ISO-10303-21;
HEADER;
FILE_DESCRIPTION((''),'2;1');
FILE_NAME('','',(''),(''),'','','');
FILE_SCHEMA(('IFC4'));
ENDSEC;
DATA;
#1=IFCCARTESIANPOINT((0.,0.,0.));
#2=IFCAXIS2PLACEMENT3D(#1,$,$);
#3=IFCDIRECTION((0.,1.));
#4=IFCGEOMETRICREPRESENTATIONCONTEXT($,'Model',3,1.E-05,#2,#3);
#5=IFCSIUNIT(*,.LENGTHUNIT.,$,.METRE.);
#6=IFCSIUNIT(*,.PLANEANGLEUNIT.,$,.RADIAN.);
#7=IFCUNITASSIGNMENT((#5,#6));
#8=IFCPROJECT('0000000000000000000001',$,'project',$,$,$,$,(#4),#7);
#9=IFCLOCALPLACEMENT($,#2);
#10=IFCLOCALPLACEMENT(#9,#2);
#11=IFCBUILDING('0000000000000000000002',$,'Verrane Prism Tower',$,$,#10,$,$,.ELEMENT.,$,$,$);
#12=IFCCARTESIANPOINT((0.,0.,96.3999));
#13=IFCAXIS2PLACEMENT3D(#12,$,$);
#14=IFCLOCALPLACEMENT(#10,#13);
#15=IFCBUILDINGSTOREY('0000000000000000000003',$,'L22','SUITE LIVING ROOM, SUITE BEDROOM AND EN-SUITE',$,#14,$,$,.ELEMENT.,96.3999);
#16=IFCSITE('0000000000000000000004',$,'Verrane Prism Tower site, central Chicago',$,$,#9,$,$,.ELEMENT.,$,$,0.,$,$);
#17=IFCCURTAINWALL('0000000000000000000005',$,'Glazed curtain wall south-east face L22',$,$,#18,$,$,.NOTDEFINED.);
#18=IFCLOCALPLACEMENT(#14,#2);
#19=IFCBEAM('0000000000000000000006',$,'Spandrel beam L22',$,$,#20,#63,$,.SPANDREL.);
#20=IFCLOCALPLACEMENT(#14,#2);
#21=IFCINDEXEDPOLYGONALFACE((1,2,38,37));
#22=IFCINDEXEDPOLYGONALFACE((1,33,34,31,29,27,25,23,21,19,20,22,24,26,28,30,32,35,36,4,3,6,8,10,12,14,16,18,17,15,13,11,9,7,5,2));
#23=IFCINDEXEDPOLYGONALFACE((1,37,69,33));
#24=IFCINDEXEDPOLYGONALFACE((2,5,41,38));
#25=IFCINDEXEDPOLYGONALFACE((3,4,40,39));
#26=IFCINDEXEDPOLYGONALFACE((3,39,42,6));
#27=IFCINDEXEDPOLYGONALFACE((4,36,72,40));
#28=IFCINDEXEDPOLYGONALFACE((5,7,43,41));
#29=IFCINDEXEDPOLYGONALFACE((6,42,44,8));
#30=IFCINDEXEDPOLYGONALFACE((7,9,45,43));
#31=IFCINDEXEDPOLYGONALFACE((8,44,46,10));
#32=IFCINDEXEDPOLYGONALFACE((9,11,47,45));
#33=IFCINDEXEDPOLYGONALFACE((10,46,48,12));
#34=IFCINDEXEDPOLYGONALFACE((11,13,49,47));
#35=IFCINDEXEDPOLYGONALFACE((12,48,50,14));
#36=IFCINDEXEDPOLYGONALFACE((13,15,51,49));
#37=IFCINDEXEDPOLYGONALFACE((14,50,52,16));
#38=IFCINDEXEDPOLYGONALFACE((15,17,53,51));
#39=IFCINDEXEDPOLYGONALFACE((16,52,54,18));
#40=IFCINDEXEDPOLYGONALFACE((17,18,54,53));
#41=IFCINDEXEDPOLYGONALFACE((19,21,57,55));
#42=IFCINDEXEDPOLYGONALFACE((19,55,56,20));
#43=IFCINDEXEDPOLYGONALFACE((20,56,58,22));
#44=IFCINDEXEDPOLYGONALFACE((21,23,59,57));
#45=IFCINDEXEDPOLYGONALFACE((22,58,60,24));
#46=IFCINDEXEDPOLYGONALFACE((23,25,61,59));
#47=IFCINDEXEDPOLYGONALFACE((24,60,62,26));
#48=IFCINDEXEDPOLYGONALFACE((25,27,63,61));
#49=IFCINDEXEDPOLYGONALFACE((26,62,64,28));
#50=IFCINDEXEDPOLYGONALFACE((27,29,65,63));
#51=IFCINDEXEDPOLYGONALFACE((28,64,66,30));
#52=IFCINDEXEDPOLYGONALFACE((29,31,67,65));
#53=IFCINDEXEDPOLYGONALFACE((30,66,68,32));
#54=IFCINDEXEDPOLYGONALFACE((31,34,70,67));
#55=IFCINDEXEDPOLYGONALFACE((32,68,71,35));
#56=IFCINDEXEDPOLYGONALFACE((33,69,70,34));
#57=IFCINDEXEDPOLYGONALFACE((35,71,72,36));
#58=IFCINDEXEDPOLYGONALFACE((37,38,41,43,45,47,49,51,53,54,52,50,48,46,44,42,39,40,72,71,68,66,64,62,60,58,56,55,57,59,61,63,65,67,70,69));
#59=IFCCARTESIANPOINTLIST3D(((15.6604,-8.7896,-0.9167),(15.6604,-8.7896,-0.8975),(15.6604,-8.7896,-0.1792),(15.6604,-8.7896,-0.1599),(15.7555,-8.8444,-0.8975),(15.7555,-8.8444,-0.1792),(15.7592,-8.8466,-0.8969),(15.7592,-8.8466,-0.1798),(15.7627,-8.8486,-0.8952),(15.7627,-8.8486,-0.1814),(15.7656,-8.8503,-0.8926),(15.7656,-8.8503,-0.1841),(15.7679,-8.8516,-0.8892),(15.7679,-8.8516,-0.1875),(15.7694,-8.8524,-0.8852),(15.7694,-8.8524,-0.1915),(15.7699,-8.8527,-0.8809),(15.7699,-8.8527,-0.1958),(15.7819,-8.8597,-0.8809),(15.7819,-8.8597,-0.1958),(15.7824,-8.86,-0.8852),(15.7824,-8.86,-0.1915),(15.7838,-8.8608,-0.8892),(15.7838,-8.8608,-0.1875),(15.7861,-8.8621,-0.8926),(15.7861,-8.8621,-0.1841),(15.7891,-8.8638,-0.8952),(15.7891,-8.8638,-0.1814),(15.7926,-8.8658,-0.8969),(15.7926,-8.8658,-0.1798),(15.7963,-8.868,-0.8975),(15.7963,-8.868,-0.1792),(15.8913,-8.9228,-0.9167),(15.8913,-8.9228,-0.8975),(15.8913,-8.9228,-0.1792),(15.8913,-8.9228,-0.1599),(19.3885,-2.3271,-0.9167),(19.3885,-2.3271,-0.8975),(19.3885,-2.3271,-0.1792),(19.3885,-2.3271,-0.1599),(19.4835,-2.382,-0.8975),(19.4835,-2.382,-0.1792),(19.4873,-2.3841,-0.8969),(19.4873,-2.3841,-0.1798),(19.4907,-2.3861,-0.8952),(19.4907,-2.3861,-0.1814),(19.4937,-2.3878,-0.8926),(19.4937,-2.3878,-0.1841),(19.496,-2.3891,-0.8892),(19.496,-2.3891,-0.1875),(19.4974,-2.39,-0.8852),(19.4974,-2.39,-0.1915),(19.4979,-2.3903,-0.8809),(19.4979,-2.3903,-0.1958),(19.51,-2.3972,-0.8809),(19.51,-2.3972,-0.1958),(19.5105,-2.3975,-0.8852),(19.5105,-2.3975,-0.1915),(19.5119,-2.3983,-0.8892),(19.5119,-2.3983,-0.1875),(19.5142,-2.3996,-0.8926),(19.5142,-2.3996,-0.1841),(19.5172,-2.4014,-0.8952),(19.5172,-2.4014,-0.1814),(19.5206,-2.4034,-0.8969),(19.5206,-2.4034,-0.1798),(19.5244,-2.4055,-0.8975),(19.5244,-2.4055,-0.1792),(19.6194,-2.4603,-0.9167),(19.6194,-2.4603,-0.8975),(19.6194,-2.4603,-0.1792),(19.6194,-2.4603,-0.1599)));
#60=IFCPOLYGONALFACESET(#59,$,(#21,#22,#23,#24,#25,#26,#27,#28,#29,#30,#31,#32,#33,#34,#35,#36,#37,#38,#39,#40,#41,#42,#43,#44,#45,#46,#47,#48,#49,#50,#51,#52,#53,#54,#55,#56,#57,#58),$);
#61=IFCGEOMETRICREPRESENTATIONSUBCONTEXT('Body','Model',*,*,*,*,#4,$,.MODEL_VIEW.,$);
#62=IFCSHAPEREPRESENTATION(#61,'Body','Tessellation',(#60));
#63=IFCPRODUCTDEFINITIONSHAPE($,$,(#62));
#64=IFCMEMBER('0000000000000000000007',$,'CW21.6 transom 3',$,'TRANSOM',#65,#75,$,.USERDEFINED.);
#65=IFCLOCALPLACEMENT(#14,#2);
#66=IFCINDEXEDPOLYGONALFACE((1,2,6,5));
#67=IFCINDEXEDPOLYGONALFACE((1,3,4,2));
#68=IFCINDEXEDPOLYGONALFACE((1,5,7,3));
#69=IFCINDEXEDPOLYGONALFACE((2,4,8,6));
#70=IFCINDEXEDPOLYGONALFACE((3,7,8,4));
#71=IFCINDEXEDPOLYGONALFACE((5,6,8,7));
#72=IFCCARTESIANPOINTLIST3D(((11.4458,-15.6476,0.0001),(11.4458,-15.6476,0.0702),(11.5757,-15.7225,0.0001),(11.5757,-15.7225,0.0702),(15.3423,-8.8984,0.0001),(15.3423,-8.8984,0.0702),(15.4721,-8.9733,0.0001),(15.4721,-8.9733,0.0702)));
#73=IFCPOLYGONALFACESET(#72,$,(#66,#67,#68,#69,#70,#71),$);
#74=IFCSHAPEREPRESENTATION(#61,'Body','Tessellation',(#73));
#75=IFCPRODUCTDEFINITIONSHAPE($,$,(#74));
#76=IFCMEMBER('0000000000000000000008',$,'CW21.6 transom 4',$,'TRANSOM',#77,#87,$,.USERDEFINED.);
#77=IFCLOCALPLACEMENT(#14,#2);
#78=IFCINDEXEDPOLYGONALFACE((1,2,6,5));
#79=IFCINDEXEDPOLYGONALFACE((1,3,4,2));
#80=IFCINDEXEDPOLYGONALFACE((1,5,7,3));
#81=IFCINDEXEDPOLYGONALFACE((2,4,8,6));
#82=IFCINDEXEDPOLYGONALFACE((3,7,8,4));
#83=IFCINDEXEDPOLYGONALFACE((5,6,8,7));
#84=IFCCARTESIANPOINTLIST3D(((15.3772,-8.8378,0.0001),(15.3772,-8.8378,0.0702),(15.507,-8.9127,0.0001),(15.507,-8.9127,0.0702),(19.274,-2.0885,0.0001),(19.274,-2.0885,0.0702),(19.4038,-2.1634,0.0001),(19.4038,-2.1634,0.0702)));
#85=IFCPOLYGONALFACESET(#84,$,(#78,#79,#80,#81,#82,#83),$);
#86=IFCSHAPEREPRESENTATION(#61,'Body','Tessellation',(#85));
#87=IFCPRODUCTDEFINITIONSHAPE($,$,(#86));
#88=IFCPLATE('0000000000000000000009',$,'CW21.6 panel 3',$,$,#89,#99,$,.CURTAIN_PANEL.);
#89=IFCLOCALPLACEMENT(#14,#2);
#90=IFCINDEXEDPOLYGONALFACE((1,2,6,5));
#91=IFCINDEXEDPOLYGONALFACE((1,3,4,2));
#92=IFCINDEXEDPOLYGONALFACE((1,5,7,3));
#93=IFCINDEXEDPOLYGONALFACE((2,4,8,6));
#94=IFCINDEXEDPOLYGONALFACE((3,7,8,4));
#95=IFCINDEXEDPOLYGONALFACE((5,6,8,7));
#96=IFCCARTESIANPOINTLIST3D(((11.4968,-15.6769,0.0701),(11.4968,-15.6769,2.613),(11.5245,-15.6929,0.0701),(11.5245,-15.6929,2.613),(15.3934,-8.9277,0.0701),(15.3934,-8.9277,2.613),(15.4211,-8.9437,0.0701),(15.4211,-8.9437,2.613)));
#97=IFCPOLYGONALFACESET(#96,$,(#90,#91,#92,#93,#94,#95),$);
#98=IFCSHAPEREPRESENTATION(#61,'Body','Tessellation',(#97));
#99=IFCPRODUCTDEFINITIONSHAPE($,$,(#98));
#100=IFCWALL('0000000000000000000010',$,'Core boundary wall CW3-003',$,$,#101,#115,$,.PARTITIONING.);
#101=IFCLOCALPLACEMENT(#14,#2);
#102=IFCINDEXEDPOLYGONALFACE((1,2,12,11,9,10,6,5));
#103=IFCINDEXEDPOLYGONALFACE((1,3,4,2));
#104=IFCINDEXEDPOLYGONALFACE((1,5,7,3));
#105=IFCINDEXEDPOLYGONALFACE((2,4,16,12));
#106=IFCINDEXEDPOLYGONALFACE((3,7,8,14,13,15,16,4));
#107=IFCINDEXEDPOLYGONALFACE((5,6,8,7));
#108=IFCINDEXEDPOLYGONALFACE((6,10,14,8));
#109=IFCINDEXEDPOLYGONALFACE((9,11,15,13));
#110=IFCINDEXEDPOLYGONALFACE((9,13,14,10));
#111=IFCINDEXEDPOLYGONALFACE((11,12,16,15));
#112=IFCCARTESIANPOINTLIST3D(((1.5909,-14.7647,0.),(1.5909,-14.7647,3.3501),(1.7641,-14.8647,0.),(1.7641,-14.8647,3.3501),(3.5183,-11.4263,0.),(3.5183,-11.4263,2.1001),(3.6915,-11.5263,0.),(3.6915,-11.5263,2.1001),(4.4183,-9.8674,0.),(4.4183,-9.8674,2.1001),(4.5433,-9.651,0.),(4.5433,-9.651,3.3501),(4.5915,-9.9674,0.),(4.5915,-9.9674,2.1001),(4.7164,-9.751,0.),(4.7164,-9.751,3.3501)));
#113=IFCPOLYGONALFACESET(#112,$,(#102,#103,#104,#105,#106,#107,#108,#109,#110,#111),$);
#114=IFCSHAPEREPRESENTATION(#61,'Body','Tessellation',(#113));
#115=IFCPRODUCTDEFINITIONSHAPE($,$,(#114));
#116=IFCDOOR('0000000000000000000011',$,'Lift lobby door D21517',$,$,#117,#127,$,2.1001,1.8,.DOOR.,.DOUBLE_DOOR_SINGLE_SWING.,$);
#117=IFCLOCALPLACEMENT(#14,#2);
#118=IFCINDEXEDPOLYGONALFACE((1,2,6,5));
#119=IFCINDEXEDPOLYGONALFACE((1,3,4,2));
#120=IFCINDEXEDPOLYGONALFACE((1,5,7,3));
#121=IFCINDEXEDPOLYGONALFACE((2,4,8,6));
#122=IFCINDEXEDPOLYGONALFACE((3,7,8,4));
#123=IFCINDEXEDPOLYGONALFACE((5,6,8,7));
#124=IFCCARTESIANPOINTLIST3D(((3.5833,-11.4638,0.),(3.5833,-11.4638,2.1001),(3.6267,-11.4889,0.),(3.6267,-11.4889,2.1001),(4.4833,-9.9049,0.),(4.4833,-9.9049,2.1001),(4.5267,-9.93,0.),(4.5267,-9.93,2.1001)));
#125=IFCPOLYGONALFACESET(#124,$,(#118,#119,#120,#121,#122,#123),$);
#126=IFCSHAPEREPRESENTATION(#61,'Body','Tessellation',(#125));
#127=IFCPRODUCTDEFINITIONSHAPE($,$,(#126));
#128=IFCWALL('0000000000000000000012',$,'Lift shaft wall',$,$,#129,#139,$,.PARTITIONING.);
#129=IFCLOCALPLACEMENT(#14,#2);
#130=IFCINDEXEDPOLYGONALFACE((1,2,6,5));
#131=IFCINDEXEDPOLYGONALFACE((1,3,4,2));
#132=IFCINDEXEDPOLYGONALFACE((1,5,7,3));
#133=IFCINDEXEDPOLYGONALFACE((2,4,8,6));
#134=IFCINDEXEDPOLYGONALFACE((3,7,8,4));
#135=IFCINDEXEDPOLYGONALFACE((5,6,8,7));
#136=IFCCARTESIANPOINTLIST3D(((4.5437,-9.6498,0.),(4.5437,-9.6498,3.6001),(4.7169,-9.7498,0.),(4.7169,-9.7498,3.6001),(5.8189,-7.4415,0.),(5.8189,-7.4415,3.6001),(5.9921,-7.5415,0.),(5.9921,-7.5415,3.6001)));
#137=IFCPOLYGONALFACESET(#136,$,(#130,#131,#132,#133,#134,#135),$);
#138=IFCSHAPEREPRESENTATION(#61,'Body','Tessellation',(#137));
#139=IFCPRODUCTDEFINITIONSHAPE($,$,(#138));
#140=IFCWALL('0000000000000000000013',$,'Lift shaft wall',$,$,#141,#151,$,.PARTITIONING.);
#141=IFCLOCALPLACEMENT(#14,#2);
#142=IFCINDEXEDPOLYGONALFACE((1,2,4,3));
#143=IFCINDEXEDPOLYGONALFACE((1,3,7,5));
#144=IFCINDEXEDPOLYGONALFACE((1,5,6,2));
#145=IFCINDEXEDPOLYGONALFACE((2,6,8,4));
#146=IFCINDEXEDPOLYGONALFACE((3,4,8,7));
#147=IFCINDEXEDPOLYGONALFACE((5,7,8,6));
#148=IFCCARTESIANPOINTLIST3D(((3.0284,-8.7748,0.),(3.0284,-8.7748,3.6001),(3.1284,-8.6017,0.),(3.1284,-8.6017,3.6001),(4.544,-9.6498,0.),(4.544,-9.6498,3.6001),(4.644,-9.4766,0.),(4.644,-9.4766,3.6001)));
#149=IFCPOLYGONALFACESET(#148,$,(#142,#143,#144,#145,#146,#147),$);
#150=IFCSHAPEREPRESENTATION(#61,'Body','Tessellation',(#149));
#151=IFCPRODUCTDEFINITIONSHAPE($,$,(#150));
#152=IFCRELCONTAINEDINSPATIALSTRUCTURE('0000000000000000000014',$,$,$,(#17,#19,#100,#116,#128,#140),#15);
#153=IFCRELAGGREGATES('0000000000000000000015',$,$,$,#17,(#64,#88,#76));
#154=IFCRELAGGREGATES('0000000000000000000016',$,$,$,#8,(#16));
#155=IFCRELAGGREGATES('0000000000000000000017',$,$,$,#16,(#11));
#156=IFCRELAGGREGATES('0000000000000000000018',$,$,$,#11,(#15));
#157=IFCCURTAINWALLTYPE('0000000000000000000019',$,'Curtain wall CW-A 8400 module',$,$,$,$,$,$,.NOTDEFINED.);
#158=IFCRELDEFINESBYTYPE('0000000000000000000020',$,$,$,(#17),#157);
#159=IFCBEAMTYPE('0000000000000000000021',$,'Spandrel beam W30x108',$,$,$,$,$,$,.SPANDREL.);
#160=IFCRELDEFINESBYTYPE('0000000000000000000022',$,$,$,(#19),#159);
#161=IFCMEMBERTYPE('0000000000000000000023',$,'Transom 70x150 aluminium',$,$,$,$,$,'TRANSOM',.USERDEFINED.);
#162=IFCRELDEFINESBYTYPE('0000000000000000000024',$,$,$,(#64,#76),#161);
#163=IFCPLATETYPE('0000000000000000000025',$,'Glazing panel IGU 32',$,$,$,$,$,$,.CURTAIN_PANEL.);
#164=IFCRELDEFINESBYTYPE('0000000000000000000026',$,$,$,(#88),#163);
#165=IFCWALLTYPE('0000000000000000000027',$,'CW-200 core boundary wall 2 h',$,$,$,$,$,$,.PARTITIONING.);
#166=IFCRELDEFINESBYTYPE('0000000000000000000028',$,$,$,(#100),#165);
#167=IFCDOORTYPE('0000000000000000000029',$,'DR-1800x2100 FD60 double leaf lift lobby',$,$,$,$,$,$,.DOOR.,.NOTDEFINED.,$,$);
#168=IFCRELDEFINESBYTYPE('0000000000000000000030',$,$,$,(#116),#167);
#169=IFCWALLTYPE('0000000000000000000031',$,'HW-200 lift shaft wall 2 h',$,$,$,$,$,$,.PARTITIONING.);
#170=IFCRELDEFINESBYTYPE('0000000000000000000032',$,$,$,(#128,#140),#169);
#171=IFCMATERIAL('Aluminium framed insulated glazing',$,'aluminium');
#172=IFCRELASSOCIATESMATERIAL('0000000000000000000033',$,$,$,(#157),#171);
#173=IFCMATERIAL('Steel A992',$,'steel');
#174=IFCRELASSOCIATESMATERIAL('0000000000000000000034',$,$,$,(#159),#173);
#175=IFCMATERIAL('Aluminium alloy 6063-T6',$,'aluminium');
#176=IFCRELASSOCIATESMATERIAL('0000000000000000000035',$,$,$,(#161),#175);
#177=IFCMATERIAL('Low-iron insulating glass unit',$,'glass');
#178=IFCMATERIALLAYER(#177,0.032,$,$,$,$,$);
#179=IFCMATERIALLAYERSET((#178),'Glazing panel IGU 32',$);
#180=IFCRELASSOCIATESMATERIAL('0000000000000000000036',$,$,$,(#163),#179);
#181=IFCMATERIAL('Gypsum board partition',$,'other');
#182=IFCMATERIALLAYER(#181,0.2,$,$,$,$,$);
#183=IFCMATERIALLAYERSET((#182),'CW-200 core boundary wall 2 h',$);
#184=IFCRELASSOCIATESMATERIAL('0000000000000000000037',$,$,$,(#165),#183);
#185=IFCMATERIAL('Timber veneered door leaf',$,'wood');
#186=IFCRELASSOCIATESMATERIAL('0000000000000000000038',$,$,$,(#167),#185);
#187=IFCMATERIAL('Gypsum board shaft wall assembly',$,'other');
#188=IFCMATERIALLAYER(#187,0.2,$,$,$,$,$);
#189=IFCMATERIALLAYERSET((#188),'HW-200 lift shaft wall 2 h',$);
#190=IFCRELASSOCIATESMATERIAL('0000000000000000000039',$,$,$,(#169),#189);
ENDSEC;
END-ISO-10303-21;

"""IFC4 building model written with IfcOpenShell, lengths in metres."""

from ifc_helpers import new_model, si_unit, direction, frame, frame_2d, origin, origin_2d, place, context, subcontext, project, spatial, rectangle, i_section, extrude, material, layer, layer_set, material_profile, profile_set, type_object, element, fill, aggregate, save


model = new_model("IFC4")

# Units and contexts
model_context = context("Model", 3, precision=1e-05, world=origin(), true_north=direction((0.0, 1.0)))
body_context = subcontext(model_context, "Body", "Model", "MODEL_VIEW")
ifc_project = project(units=[si_unit("LENGTHUNIT", "METRE"), si_unit("PLANEANGLEUNIT", "RADIAN")], contexts=[model_context])

# Site, building, storey
site_placement = place(None, origin())
site = spatial("IfcSite", under=ifc_project, at=site_placement, Name="Verrane Prism Tower site, central Chicago", CompositionType="ELEMENT", RefElevation=0.0)
building_placement = place(site_placement, origin())
building = spatial("IfcBuilding", under=site, at=building_placement, Name="Verrane Prism Tower", CompositionType="ELEMENT")
storey_placement = place(building_placement, frame((0.0, 0.0, 96.3999)))
storey = spatial("IfcBuildingStorey", under=building, at=storey_placement, Name="L22", Description="SUITE LIVING ROOM, SUITE BEDROOM AND EN-SUITE", CompositionType="ELEMENT", Elevation=96.3999)

# Curtain wall
ifc_material_1 = material(Name="Aluminium framed insulated glazing", Category="aluminium")
curtain_wall_type = type_object("IfcCurtainWallType", Name="Curtain wall CW-A 8400 module", PredefinedType="NOTDEFINED", material=ifc_material_1)
curtain_wall_placement = place(storey_placement, origin())
curtain_wall = element("IfcCurtainWall", 1, at=curtain_wall_placement, inside=storey, type_object=curtain_wall_type, Name="Glazed curtain wall south-east face L22", PredefinedType="NOTDEFINED")

# Beam
ifc_material_2 = material(Name="Steel A992", Category="steel")
ifc_material_profile_1 = material_profile(ifc_material_2, i_section(OverallWidth=0.2666, OverallDepth=0.7568, WebThickness=0.0139, FlangeThickness=0.0193, FilletRadius=0.0166, at=origin_2d()), Name="W30x108")
ifc_profile_set_1 = profile_set([ifc_material_profile_1], Name="Steel A992")
beam_type_1 = type_object("IfcBeamType", Name="Spandrel beam W30x108", PredefinedType="SPANDREL", material=ifc_profile_set_1)
beam_1_placement = place(storey_placement, frame((15.7759, -8.8562, -0.5383), z_axis=(0.499694, 0.866202, 0.0), x_axis=(-0.866202, 0.499694, 0.0)))
element("IfcBeam", 2, at=beam_1_placement, inside=storey, type_object=beam_type_1, Name="Spandrel beam L22", PredefinedType="SPANDREL", context=body_context, shape_type="SweptSolid", body=[
    extrude(i_section(OverallWidth=0.2666, OverallDepth=0.7568, WebThickness=0.0139, FlangeThickness=0.0193, FilletRadius=0.0166, at=origin_2d()), origin(), (0.0, 0.0, 1.0), 7.4607),
])

# Members
ifc_material_3 = material(Name="Aluminium alloy 6063-T6", Category="aluminium")
ifc_material_profile_2 = material_profile(ifc_material_3, rectangle(XDim=0.1499, YDim=0.0701, at=origin_2d()), Name="Transom 70x150 aluminium")
ifc_profile_set_2 = profile_set([ifc_material_profile_2], Name="Aluminium alloy 6063-T6")
member_type_1 = type_object("IfcMemberType", Name="Transom 70x150 aluminium", ElementType="TRANSOM", PredefinedType="USERDEFINED", material=ifc_profile_set_2)
member_1_placement = place(storey_placement, frame((11.5107, -15.6851, 0.0352), z_axis=(0.49998, 0.866037, 0.0), x_axis=(-0.866037, 0.49998, 0.0)))
member_1 = element("IfcMember", 3, at=member_1_placement, type_object=member_type_1, Name="CW21.6 transom 3", ObjectType="TRANSOM", PredefinedType="USERDEFINED", context=body_context, shape_type="SweptSolid", body=[
    extrude(rectangle(XDim=0.1499, YDim=0.0701, at=origin_2d()), origin(), (0.0, 0.0, 1.0), 7.7932),
])
member_2_placement = place(storey_placement, frame((15.4421, -8.8752, 0.0352), z_axis=(0.500004, 0.866023, 0.0), x_axis=(-0.866023, 0.500004, 0.0)))
member_2 = element("IfcMember", 4, at=member_2_placement, type_object=member_type_1, Name="CW21.6 transom 4", ObjectType="TRANSOM", PredefinedType="USERDEFINED", context=body_context, shape_type="SweptSolid", body=[
    extrude(rectangle(XDim=0.1499, YDim=0.0701, at=origin_2d()), origin(), (0.0, 0.0, 1.0), 7.7935),
])

# Plate
ifc_material_4 = material(Name="Low-iron insulating glass unit", Category="glass")
ifc_layer_1 = layer(ifc_material_4, 0.032)
ifc_layer_set_1 = layer_set([ifc_layer_1], Name="Glazing panel IGU 32")
plate_type = type_object("IfcPlateType", Name="Glazing panel IGU 32", PredefinedType="CURTAIN_PANEL", material=ifc_layer_set_1)
plate_placement = place(storey_placement, frame((13.459, -12.3103, 0.0701), z_axis=(0.0, 0.0, 1.0), x_axis=(0.5, 0.866026, 0.0)))
plate = element("IfcPlate", 5, at=plate_placement, type_object=plate_type, Name="CW21.6 panel 3", PredefinedType="CURTAIN_PANEL", context=body_context, shape_type="SweptSolid", body=[
    extrude(rectangle(XDim=7.7932, YDim=0.032, at=origin_2d()), origin(), (0.0, 0.0, 1.0), 2.543),
])
aggregate(curtain_wall, [member_1, plate, member_2])

# Wall, opening, door
ifc_material_5 = material(Name="Gypsum board partition", Category="other")
ifc_layer_2 = layer(ifc_material_5, 0.2)
ifc_layer_set_2 = layer_set([ifc_layer_2], Name="CW-200 core boundary wall 2 h")
wall_type_1 = type_object("IfcWallType", Name="CW-200 core boundary wall 2 h", PredefinedType="PARTITIONING", material=ifc_layer_set_2)
wall_1_placement = place(storey_placement, frame((1.6775, -14.8147, 0.0), z_axis=(0.0, 0.0, 1.0), x_axis=(0.499994, 0.866029, 0.0)))
wall_1 = element("IfcWall", 6, at=wall_1_placement, inside=storey, type_object=wall_type_1, Name="Core boundary wall CW3-003", PredefinedType="PARTITIONING", context=body_context, shape_type="SweptSolid", body=[
    extrude(rectangle(XDim=5.9048, YDim=0.2, at=frame_2d((2.9524, 0.0))), origin(), (0.0, 0.0, 1.0), 3.3501),
])
opening_1_placement = place(wall_1_placement, frame((3.855, 0.0, 0.0)))
opening_1 = element("IfcOpeningElement", 7, at=opening_1_placement, cuts=wall_1, PredefinedType="OPENING", context=body_context, shape_type="SweptSolid", body=[
    extrude(rectangle(XDim=1.8, YDim=2.1001, at=frame_2d((0.8999, 1.05))), frame((0.0, 0.1099, 0.0), z_axis=(0.0, -1.0, 0.0), x_axis=(1.0, 0.0, 0.0)), (0.0, 0.0, 1.0), 0.22),
])
ifc_material_6 = material(Name="Timber veneered door leaf", Category="wood")
door_type_1 = type_object("IfcDoorType", Name="DR-1800x2100 FD60 double leaf lift lobby", OperationType="NOTDEFINED", PredefinedType="DOOR", material=ifc_material_6)
door_1_placement = place(opening_1_placement, origin())
door_1 = element("IfcDoor", 8, at=door_1_placement, inside=storey, type_object=door_type_1, Name="Lift lobby door D21517", OperationType="DOUBLE_DOOR_SINGLE_SWING", OverallHeight=2.1001, OverallWidth=1.8, PredefinedType="DOOR", context=body_context, shape_type="SweptSolid", body=[
    extrude(rectangle(XDim=1.8, YDim=2.1001, at=frame_2d((0.8999, 1.05))), frame((0.0, 0.0249, 0.0), z_axis=(0.0, -1.0, 0.0), x_axis=(1.0, 0.0, 0.0)), (0.0, 0.0, 1.0), 0.05),
])
fill(opening_1, door_1)

# Walls
ifc_material_7 = material(Name="Gypsum board shaft wall assembly", Category="other")
ifc_layer_3 = layer(ifc_material_7, 0.2)
ifc_layer_set_3 = layer_set([ifc_layer_3], Name="HW-200 lift shaft wall 2 h")
wall_type_2 = type_object("IfcWallType", Name="HW-200 lift shaft wall 2 h", PredefinedType="PARTITIONING", material=ifc_layer_set_3)
wall_2_placement = place(storey_placement, frame((4.6304, -9.6997, 0.0), z_axis=(0.0, 0.0, 1.0), x_axis=(0.500062, 0.865989, 0.0)))
element("IfcWall", 9, at=wall_2_placement, inside=storey, type_object=wall_type_2, Name="Lift shaft wall", PredefinedType="PARTITIONING", context=body_context, shape_type="SweptSolid", body=[
    extrude(rectangle(XDim=2.55, YDim=0.2, at=frame_2d((1.2749, 0.0))), origin(), (0.0, 0.0, 1.0), 3.6001),
])
wall_3_placement = place(storey_placement, frame((4.594, -9.5632, 0.0), z_axis=(0.0, 0.0, 1.0), x_axis=(-0.866037, 0.49998, 0.0)))
element("IfcWall", 10, at=wall_3_placement, inside=storey, type_object=wall_type_2, Name="Lift shaft wall", PredefinedType="PARTITIONING", context=body_context, shape_type="SweptSolid", body=[
    extrude(rectangle(XDim=1.75, YDim=0.2, at=frame_2d((0.875, 0.0))), origin(), (0.0, 0.0, 1.0), 3.6001),
])

save(model, "model.ifc")
